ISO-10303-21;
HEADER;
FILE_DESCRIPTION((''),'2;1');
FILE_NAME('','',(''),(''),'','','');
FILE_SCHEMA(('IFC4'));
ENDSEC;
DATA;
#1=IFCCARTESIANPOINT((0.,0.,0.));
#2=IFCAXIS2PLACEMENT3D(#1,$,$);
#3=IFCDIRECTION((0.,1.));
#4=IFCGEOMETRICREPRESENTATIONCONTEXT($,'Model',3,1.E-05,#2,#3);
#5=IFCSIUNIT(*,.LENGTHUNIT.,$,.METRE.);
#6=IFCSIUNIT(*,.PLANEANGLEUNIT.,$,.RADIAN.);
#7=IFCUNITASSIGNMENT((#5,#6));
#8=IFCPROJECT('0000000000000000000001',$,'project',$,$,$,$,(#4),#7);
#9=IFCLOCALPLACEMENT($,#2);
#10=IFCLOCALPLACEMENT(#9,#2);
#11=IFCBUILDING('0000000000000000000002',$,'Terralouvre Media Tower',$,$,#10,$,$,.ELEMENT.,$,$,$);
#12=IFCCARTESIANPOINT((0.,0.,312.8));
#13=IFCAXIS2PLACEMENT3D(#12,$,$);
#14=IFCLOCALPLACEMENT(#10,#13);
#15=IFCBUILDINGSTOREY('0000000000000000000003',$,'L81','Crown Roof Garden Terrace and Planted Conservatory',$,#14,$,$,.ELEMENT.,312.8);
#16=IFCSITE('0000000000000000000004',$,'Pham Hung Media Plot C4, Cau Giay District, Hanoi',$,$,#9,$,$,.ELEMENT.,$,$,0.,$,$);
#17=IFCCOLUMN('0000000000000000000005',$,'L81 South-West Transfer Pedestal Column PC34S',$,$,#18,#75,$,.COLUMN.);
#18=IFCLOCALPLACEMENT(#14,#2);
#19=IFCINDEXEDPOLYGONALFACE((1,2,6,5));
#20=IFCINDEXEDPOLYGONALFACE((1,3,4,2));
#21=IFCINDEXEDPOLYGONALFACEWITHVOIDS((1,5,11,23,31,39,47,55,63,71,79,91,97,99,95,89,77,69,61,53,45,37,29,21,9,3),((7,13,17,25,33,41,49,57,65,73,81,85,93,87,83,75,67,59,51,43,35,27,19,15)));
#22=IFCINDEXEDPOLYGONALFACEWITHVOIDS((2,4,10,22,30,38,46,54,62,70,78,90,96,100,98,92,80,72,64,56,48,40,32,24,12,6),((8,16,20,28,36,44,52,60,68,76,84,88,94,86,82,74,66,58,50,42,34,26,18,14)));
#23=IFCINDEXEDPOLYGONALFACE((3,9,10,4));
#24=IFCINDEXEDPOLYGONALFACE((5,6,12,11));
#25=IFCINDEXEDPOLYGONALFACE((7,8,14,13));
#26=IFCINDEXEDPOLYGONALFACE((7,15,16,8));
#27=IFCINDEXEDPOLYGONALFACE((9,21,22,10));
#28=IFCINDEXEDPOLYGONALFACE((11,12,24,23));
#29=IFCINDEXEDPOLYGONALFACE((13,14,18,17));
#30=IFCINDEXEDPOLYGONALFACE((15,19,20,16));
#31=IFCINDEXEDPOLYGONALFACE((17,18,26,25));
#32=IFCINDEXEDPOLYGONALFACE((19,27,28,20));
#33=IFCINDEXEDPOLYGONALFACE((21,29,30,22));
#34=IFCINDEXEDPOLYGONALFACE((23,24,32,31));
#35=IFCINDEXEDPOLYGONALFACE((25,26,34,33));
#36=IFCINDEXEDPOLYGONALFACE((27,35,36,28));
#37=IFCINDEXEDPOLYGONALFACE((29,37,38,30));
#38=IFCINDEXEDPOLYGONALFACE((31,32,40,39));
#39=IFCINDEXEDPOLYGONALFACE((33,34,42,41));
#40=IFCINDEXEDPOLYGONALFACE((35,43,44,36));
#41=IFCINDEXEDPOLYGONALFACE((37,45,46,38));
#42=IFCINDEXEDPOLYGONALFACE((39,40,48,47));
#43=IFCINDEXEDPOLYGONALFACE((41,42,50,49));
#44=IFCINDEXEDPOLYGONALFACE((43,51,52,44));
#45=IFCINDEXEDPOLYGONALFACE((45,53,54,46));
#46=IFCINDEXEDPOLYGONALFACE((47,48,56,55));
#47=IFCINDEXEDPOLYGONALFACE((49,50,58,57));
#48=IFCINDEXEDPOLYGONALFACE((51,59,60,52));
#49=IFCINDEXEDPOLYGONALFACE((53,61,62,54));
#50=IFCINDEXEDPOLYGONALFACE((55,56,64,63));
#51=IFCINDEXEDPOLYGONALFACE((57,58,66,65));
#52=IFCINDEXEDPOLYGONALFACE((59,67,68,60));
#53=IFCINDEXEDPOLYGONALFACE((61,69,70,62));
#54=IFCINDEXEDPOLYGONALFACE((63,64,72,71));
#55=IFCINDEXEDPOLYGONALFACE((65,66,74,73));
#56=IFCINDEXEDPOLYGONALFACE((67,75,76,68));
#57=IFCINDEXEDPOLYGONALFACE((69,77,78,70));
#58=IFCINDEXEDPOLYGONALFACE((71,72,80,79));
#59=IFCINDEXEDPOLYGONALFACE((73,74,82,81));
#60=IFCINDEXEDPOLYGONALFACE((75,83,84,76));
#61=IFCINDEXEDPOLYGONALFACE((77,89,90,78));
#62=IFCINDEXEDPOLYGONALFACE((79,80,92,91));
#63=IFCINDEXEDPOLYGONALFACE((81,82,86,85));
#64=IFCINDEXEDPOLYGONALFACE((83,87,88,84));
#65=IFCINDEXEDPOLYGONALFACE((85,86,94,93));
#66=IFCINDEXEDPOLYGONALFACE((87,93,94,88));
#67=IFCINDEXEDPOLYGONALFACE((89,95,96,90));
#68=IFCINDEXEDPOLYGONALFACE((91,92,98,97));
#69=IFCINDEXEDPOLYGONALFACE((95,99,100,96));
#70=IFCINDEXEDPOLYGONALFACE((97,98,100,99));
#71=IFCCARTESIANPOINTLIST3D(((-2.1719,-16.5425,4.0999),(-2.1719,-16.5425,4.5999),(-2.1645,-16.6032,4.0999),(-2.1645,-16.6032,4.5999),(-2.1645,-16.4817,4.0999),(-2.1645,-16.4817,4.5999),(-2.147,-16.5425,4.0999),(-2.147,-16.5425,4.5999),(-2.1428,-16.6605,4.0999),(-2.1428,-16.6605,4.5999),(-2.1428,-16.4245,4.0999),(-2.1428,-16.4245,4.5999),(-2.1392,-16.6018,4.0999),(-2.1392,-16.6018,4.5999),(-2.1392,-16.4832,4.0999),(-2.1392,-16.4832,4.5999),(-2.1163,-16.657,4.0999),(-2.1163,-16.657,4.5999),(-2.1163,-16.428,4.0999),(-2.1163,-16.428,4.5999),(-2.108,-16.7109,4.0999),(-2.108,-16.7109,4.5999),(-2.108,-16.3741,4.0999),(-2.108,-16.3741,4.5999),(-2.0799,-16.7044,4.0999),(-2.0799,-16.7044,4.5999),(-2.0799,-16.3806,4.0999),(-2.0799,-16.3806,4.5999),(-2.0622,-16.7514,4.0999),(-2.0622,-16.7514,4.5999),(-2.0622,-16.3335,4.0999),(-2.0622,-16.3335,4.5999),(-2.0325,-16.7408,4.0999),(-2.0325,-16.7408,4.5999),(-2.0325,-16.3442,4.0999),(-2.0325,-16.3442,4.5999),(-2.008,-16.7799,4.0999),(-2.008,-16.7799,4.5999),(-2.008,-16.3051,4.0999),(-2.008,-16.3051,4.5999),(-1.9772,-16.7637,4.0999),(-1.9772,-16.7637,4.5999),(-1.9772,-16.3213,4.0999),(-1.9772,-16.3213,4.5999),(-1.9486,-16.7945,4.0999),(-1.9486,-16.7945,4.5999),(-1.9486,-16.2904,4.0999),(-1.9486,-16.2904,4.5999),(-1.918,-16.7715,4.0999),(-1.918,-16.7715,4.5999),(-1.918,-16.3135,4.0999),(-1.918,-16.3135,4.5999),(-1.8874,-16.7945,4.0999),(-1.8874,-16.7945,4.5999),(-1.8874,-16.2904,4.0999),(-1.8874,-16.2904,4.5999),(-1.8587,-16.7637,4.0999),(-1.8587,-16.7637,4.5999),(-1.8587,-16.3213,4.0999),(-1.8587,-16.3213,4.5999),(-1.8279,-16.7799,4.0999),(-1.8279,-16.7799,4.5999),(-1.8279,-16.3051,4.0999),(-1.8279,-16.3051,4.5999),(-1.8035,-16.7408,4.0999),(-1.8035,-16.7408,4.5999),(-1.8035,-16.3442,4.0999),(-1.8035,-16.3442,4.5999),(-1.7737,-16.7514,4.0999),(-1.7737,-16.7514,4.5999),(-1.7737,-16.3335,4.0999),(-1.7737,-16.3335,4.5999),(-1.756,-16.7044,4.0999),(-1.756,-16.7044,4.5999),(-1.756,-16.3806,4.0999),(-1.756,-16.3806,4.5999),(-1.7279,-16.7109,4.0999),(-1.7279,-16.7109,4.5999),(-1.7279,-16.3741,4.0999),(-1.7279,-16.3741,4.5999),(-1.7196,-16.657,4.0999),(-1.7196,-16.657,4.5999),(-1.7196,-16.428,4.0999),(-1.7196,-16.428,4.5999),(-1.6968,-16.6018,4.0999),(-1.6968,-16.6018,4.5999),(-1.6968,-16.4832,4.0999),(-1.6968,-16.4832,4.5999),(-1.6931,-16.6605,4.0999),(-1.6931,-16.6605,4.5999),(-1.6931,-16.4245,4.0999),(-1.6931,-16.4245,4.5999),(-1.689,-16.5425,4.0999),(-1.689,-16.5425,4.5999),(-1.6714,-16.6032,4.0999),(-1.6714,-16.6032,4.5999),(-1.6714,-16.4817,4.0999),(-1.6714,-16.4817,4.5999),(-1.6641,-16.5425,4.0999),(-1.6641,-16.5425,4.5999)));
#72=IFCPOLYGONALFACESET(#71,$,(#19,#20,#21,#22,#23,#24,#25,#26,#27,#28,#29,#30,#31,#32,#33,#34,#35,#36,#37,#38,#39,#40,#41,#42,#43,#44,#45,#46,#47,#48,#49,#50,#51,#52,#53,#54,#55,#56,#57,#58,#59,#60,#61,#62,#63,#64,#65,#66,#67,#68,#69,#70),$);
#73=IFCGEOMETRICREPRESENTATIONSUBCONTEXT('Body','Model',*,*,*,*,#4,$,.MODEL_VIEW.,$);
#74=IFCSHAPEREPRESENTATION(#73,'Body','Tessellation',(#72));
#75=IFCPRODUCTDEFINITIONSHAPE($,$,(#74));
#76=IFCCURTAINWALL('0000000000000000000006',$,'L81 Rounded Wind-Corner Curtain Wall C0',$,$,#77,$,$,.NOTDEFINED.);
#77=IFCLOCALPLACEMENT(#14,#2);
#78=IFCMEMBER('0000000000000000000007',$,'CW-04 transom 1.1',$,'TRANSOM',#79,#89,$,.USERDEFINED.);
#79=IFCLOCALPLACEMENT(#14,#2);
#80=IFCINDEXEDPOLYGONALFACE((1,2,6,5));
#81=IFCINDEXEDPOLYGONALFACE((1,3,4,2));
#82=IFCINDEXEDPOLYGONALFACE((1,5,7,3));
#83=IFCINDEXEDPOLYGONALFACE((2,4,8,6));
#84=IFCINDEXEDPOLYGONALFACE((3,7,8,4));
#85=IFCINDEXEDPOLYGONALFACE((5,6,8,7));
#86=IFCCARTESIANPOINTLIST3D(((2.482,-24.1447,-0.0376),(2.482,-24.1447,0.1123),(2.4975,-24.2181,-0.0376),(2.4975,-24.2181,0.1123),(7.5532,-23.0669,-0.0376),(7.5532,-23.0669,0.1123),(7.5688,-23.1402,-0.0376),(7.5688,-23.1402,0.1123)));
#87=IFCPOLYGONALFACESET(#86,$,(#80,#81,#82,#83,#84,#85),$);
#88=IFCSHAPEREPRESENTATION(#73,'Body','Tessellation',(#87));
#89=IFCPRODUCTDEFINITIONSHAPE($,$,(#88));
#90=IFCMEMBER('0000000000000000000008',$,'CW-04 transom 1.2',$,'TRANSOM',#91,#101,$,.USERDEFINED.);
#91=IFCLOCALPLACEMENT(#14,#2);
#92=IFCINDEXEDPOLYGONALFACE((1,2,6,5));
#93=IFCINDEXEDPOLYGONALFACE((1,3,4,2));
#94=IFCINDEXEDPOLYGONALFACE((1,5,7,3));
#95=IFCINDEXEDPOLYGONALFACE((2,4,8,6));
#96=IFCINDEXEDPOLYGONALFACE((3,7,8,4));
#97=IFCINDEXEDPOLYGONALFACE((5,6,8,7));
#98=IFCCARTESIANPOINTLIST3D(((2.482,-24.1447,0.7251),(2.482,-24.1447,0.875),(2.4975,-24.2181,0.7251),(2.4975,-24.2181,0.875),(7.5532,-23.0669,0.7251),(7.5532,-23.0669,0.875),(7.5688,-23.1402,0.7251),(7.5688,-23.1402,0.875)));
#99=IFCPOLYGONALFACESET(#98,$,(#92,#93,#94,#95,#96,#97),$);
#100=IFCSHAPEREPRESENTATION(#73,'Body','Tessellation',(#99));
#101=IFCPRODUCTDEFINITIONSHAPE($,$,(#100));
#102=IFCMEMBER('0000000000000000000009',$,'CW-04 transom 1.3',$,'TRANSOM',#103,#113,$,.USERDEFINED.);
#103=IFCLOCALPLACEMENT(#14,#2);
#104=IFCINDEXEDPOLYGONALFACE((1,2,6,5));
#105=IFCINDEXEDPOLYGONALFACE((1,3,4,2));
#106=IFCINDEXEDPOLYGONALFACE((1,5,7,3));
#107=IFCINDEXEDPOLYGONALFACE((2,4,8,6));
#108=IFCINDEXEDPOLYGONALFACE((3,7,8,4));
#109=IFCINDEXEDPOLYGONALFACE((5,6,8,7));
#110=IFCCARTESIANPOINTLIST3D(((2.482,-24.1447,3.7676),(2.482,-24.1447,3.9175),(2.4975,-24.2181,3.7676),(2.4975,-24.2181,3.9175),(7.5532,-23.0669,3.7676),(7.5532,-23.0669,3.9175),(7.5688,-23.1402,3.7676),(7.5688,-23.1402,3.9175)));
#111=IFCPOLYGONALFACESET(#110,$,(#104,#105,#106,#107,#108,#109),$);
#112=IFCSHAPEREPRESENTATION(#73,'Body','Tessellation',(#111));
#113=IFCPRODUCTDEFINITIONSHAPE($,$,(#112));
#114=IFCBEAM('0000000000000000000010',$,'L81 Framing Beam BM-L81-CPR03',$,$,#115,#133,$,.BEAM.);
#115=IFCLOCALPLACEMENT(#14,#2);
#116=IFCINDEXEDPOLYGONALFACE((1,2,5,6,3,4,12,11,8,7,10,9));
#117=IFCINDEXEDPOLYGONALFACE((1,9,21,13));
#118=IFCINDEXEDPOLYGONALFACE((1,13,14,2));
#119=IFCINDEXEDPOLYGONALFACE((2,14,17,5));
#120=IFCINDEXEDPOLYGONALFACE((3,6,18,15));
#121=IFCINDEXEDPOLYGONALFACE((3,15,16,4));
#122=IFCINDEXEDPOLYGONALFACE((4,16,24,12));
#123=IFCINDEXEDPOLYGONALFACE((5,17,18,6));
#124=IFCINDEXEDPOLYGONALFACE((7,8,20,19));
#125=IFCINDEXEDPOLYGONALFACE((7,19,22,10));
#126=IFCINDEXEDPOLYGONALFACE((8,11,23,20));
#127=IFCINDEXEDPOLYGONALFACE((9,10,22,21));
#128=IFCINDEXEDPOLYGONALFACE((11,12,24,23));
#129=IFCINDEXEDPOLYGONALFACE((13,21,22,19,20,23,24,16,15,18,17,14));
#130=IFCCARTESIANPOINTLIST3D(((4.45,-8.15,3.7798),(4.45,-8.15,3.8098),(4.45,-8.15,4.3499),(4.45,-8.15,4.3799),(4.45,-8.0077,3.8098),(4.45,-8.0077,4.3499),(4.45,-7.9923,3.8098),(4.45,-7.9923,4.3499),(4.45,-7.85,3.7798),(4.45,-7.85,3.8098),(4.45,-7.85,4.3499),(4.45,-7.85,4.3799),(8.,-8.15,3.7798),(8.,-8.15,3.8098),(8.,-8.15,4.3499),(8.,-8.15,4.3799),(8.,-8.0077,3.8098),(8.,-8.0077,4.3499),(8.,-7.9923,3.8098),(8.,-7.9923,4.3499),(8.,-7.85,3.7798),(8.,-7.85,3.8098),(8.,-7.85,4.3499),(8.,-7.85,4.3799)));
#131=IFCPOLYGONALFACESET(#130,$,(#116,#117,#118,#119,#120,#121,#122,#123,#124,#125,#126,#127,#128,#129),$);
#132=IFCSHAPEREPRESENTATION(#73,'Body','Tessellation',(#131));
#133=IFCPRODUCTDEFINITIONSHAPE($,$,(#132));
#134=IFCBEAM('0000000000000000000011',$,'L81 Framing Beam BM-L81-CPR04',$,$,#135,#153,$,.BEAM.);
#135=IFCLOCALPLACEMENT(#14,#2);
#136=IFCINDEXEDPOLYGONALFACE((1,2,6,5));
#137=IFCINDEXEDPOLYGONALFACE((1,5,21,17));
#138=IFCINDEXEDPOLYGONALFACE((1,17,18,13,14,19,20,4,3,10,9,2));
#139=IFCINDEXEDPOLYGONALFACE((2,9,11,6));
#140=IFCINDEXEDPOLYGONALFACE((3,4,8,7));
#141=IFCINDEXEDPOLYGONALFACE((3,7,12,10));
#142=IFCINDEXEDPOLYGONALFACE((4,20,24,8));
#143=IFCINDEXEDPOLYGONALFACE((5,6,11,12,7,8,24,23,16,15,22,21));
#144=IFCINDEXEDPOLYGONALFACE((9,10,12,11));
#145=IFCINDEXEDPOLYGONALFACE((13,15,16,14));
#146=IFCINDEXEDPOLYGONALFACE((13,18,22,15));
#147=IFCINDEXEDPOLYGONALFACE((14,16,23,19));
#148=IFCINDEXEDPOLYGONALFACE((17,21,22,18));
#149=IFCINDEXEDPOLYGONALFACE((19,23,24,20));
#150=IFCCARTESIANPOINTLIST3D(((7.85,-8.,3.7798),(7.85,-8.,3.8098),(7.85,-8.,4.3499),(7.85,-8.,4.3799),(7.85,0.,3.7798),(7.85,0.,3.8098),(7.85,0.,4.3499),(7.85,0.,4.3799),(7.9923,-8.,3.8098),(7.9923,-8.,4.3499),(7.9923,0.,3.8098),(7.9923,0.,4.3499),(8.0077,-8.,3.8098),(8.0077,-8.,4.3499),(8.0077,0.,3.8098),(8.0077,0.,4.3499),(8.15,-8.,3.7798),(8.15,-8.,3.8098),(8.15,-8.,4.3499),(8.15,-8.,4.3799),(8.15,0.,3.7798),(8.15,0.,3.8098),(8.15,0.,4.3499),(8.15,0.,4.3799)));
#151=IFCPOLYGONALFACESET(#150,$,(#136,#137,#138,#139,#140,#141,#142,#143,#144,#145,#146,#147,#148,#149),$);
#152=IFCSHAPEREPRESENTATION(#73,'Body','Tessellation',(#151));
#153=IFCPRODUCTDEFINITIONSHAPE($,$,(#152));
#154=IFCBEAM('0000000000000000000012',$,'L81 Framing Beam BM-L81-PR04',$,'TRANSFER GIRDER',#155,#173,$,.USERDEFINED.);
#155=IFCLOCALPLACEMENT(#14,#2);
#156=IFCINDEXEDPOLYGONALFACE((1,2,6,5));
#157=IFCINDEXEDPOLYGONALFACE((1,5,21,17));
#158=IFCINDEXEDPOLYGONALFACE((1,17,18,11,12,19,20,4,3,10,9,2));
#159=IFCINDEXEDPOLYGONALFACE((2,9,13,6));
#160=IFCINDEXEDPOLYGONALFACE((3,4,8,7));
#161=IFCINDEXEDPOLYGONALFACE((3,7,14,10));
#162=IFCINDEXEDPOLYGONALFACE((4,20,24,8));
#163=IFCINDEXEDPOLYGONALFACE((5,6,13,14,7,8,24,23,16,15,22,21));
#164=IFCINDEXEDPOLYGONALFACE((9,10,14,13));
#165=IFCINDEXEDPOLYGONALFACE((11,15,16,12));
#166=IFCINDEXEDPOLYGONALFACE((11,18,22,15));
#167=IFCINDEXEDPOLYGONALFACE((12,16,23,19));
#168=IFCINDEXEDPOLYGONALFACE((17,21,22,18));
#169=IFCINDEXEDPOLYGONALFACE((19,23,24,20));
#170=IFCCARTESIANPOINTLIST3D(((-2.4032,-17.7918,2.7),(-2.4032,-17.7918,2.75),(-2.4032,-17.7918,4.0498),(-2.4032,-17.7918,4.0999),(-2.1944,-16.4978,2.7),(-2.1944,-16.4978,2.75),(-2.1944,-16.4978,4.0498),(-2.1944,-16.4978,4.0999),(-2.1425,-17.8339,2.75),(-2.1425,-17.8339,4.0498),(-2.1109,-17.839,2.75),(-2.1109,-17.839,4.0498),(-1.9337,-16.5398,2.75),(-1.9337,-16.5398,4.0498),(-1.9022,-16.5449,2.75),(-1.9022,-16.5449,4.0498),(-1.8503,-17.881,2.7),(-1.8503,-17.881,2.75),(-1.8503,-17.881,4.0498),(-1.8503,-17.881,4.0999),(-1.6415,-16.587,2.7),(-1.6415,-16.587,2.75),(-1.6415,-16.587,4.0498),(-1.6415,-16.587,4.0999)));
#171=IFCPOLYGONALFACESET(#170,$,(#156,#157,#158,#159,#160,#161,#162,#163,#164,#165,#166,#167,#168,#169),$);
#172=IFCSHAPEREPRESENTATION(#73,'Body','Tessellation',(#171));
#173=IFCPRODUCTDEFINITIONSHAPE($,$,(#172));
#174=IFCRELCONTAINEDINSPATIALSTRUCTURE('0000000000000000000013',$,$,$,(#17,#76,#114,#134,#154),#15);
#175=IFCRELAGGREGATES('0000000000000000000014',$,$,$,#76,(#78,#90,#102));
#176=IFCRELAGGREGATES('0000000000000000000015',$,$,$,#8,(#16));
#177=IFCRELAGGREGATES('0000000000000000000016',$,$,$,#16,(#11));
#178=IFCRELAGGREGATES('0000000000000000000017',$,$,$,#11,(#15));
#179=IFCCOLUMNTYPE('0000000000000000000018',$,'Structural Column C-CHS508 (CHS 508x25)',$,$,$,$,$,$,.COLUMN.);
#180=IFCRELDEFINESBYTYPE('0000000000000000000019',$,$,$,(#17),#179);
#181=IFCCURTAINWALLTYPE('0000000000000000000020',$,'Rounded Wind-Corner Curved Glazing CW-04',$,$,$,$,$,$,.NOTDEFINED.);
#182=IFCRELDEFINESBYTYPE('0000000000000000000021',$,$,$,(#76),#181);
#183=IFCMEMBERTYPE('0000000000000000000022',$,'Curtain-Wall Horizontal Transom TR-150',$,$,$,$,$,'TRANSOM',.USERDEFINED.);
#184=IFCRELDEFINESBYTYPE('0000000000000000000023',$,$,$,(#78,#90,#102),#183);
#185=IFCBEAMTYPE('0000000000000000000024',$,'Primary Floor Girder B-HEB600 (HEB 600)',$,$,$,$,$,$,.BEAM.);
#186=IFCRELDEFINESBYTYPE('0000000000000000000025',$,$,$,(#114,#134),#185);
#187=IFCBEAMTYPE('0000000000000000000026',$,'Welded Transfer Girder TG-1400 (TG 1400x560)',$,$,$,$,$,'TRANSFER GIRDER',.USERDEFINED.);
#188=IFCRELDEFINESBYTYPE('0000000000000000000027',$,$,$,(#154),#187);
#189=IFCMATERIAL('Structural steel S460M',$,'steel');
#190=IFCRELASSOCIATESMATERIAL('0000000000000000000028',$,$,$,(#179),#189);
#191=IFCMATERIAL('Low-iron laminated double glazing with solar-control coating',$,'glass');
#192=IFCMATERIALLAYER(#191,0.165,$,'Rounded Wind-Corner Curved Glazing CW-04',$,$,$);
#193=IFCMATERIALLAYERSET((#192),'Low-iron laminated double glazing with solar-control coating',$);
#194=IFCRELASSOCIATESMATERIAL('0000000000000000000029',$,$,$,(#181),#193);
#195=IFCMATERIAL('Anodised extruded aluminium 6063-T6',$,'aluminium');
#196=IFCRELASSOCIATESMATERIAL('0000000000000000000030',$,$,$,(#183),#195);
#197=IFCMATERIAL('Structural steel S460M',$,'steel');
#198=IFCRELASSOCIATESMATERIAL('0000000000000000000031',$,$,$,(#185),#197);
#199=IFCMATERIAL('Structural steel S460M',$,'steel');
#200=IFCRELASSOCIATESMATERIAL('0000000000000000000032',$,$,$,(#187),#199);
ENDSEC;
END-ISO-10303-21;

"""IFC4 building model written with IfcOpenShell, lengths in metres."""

from ifc_helpers import new_model, si_unit, direction, frame, origin, origin_2d, place, context, subcontext, project, spatial, rectangle, hollow_circle, i_section, extrude, material, layer, layer_set, material_profile, profile_set, type_object, element, aggregate, save


model = new_model("IFC4")

# Units and contexts
model_context = context("Model", 3, precision=1e-05, world=origin(), true_north=direction((0.0, 1.0)))
body_context = subcontext(model_context, "Body", "Model", "MODEL_VIEW")
ifc_project = project(units=[si_unit("LENGTHUNIT", "METRE"), si_unit("PLANEANGLEUNIT", "RADIAN")], contexts=[model_context])

# Site, building, storey
site_placement = place(None, origin())
site = spatial("IfcSite", under=ifc_project, at=site_placement, Name="Pham Hung Media Plot C4, Cau Giay District, Hanoi", CompositionType="ELEMENT", RefElevation=0.0)
building_placement = place(site_placement, origin())
building = spatial("IfcBuilding", under=site, at=building_placement, Name="Terralouvre Media Tower", CompositionType="ELEMENT")
storey_placement = place(building_placement, frame((0.0, 0.0, 312.8)))
storey = spatial("IfcBuildingStorey", under=building, at=storey_placement, Name="L81", Description="Crown Roof Garden Terrace and Planted Conservatory", CompositionType="ELEMENT", Elevation=312.8)

# Column
ifc_material_1 = material(Name="Structural steel S460M", Category="steel")
ifc_material_profile_1 = material_profile(ifc_material_1, hollow_circle(Radius=0.2539, WallThickness=0.0249, at=origin_2d()), Name="CHS 508x25")
ifc_profile_set_1 = profile_set([ifc_material_profile_1], Name="Structural steel S460M")
column_type = type_object("IfcColumnType", Name="Structural Column C-CHS508 (CHS 508x25)", PredefinedType="COLUMN", material=ifc_profile_set_1)
column_placement = place(storey_placement, frame((-1.918, -16.5425, 4.0999), z_axis=(0.0, 0.0, 1.0), x_axis=(1.0, 0.0, 0.0)))
element("IfcColumn", 1, at=column_placement, inside=storey, type_object=column_type, Name="L81 South-West Transfer Pedestal Column PC34S", PredefinedType="COLUMN", context=body_context, shape_type="SweptSolid", body=[
    extrude(hollow_circle(Radius=0.2539, WallThickness=0.0249, at=origin_2d()), origin(), (0.0, 0.0, 1.0), 0.5),
])

# Curtain wall, members
ifc_material_2 = material(Name="Low-iron laminated double glazing with solar-control coating", Category="glass")
ifc_layer_1 = layer(ifc_material_2, 0.165, Name="Rounded Wind-Corner Curved Glazing CW-04")
ifc_layer_set_1 = layer_set([ifc_layer_1], Name="Low-iron laminated double glazing with solar-control coating")
curtain_wall_type_1 = type_object("IfcCurtainWallType", Name="Rounded Wind-Corner Curved Glazing CW-04", PredefinedType="NOTDEFINED", material=ifc_layer_set_1)
curtain_wall_1_placement = place(storey_placement, origin())
curtain_wall_1 = element("IfcCurtainWall", 2, at=curtain_wall_1_placement, inside=storey, type_object=curtain_wall_type_1, Name="L81 Rounded Wind-Corner Curtain Wall C0", PredefinedType="NOTDEFINED")
ifc_material_3 = material(Name="Anodised extruded aluminium 6063-T6", Category="aluminium")
ifc_material_profile_2 = material_profile(ifc_material_3, rectangle(XDim=0.075, YDim=0.1499, at=origin_2d()), Name="ALU 75x150")
ifc_profile_set_2 = profile_set([ifc_material_profile_2], Name="Anodised extruded aluminium 6063-T6")
member_type = type_object("IfcMemberType", Name="Curtain-Wall Horizontal Transom TR-150", ElementType="TRANSOM", PredefinedType="USERDEFINED", material=ifc_profile_set_2)
member_1_placement = place(storey_placement, frame((2.4897, -24.1814, 0.0374), z_axis=(0.97815, 0.207902, 0.0), x_axis=(-0.207902, 0.97815, 0.0)))
member_1 = element("IfcMember", 3, at=member_1_placement, type_object=member_type, Name="CW-04 transom 1.1", ObjectType="TRANSOM", PredefinedType="USERDEFINED", context=body_context, shape_type="SweptSolid", body=[
    extrude(rectangle(XDim=0.075, YDim=0.1499, at=origin_2d()), origin(), (0.0, 0.0, 1.0), 5.1846),
])
member_2_placement = place(storey_placement, frame((2.4897, -24.1814, 0.8), z_axis=(0.97815, 0.207902, 0.0), x_axis=(-0.207902, 0.97815, 0.0)))
member_2 = element("IfcMember", 4, at=member_2_placement, type_object=member_type, Name="CW-04 transom 1.2", ObjectType="TRANSOM", PredefinedType="USERDEFINED", context=body_context, shape_type="SweptSolid", body=[
    extrude(rectangle(XDim=0.075, YDim=0.1499, at=origin_2d()), origin(), (0.0, 0.0, 1.0), 5.1846),
])
member_3_placement = place(storey_placement, frame((2.4897, -24.1814, 3.8425), z_axis=(0.97815, 0.207902, 0.0), x_axis=(-0.207902, 0.97815, 0.0)))
member_3 = element("IfcMember", 5, at=member_3_placement, type_object=member_type, Name="CW-04 transom 1.3", ObjectType="TRANSOM", PredefinedType="USERDEFINED", context=body_context, shape_type="SweptSolid", body=[
    extrude(rectangle(XDim=0.075, YDim=0.1499, at=origin_2d()), origin(), (0.0, 0.0, 1.0), 5.1846),
])

# Beams
ifc_material_4 = material(Name="Structural steel S460M", Category="steel")
ifc_material_profile_3 = material_profile(ifc_material_4, i_section(OverallWidth=0.3, OverallDepth=0.6001, WebThickness=0.0154, FlangeThickness=0.03, at=origin_2d()), Name="HEB 600")
ifc_profile_set_3 = profile_set([ifc_material_profile_3], Name="Structural steel S460M")
beam_type_1 = type_object("IfcBeamType", Name="Primary Floor Girder B-HEB600 (HEB 600)", PredefinedType="BEAM", material=ifc_profile_set_3)
beam_1_placement = place(storey_placement, frame((4.45, -8.0, 4.0798), z_axis=(1.0, 0.0, 0.0), x_axis=(0.0, 1.0, 0.0)))
element("IfcBeam", 6, at=beam_1_placement, inside=storey, type_object=beam_type_1, Name="L81 Framing Beam BM-L81-CPR03", PredefinedType="BEAM", context=body_context, shape_type="SweptSolid", body=[
    extrude(i_section(OverallWidth=0.3, OverallDepth=0.6001, WebThickness=0.0154, FlangeThickness=0.03, at=origin_2d()), origin(), (0.0, 0.0, 1.0), 3.55),
])
beam_2_placement = place(storey_placement, frame((8.0, -8.0, 4.0798), z_axis=(0.0, 1.0, 0.0), x_axis=(-1.0, 0.0, 0.0)))
element("IfcBeam", 7, at=beam_2_placement, inside=storey, type_object=beam_type_1, Name="L81 Framing Beam BM-L81-CPR04", PredefinedType="BEAM", context=body_context, shape_type="SweptSolid", body=[
    extrude(i_section(OverallWidth=0.3, OverallDepth=0.6001, WebThickness=0.0154, FlangeThickness=0.03, at=origin_2d()), origin(), (0.0, 0.0, 1.0), 8.0),
])
ifc_material_5 = material(Name="Structural steel S460M", Category="steel")
ifc_material_profile_4 = material_profile(ifc_material_5, i_section(OverallWidth=0.5601, OverallDepth=1.3999, WebThickness=0.032, FlangeThickness=0.05, at=origin_2d()), Name="TG 1400x560")
ifc_profile_set_4 = profile_set([ifc_material_profile_4], Name="Structural steel S460M")
beam_type_2 = type_object("IfcBeamType", Name="Welded Transfer Girder TG-1400 (TG 1400x560)", ElementType="TRANSFER GIRDER", PredefinedType="USERDEFINED", material=ifc_profile_set_4)
beam_3_placement = place(storey_placement, frame((-2.1267, -17.8364, 3.3999), z_axis=(0.159262, 0.987236, 0.0), x_axis=(-0.987236, 0.159262, 0.0)))
element("IfcBeam", 8, at=beam_3_placement, inside=storey, type_object=beam_type_2, Name="L81 Framing Beam BM-L81-PR04", ObjectType="TRANSFER GIRDER", PredefinedType="USERDEFINED", context=body_context, shape_type="SweptSolid", body=[
    extrude(i_section(OverallWidth=0.5601, OverallDepth=1.3999, WebThickness=0.032, FlangeThickness=0.05, at=origin_2d()), origin(), (0.0, 0.0, 1.0), 1.3108),
])

aggregate(curtain_wall_1, [member_1, member_2, member_3])

save(model, "model.ifc")
